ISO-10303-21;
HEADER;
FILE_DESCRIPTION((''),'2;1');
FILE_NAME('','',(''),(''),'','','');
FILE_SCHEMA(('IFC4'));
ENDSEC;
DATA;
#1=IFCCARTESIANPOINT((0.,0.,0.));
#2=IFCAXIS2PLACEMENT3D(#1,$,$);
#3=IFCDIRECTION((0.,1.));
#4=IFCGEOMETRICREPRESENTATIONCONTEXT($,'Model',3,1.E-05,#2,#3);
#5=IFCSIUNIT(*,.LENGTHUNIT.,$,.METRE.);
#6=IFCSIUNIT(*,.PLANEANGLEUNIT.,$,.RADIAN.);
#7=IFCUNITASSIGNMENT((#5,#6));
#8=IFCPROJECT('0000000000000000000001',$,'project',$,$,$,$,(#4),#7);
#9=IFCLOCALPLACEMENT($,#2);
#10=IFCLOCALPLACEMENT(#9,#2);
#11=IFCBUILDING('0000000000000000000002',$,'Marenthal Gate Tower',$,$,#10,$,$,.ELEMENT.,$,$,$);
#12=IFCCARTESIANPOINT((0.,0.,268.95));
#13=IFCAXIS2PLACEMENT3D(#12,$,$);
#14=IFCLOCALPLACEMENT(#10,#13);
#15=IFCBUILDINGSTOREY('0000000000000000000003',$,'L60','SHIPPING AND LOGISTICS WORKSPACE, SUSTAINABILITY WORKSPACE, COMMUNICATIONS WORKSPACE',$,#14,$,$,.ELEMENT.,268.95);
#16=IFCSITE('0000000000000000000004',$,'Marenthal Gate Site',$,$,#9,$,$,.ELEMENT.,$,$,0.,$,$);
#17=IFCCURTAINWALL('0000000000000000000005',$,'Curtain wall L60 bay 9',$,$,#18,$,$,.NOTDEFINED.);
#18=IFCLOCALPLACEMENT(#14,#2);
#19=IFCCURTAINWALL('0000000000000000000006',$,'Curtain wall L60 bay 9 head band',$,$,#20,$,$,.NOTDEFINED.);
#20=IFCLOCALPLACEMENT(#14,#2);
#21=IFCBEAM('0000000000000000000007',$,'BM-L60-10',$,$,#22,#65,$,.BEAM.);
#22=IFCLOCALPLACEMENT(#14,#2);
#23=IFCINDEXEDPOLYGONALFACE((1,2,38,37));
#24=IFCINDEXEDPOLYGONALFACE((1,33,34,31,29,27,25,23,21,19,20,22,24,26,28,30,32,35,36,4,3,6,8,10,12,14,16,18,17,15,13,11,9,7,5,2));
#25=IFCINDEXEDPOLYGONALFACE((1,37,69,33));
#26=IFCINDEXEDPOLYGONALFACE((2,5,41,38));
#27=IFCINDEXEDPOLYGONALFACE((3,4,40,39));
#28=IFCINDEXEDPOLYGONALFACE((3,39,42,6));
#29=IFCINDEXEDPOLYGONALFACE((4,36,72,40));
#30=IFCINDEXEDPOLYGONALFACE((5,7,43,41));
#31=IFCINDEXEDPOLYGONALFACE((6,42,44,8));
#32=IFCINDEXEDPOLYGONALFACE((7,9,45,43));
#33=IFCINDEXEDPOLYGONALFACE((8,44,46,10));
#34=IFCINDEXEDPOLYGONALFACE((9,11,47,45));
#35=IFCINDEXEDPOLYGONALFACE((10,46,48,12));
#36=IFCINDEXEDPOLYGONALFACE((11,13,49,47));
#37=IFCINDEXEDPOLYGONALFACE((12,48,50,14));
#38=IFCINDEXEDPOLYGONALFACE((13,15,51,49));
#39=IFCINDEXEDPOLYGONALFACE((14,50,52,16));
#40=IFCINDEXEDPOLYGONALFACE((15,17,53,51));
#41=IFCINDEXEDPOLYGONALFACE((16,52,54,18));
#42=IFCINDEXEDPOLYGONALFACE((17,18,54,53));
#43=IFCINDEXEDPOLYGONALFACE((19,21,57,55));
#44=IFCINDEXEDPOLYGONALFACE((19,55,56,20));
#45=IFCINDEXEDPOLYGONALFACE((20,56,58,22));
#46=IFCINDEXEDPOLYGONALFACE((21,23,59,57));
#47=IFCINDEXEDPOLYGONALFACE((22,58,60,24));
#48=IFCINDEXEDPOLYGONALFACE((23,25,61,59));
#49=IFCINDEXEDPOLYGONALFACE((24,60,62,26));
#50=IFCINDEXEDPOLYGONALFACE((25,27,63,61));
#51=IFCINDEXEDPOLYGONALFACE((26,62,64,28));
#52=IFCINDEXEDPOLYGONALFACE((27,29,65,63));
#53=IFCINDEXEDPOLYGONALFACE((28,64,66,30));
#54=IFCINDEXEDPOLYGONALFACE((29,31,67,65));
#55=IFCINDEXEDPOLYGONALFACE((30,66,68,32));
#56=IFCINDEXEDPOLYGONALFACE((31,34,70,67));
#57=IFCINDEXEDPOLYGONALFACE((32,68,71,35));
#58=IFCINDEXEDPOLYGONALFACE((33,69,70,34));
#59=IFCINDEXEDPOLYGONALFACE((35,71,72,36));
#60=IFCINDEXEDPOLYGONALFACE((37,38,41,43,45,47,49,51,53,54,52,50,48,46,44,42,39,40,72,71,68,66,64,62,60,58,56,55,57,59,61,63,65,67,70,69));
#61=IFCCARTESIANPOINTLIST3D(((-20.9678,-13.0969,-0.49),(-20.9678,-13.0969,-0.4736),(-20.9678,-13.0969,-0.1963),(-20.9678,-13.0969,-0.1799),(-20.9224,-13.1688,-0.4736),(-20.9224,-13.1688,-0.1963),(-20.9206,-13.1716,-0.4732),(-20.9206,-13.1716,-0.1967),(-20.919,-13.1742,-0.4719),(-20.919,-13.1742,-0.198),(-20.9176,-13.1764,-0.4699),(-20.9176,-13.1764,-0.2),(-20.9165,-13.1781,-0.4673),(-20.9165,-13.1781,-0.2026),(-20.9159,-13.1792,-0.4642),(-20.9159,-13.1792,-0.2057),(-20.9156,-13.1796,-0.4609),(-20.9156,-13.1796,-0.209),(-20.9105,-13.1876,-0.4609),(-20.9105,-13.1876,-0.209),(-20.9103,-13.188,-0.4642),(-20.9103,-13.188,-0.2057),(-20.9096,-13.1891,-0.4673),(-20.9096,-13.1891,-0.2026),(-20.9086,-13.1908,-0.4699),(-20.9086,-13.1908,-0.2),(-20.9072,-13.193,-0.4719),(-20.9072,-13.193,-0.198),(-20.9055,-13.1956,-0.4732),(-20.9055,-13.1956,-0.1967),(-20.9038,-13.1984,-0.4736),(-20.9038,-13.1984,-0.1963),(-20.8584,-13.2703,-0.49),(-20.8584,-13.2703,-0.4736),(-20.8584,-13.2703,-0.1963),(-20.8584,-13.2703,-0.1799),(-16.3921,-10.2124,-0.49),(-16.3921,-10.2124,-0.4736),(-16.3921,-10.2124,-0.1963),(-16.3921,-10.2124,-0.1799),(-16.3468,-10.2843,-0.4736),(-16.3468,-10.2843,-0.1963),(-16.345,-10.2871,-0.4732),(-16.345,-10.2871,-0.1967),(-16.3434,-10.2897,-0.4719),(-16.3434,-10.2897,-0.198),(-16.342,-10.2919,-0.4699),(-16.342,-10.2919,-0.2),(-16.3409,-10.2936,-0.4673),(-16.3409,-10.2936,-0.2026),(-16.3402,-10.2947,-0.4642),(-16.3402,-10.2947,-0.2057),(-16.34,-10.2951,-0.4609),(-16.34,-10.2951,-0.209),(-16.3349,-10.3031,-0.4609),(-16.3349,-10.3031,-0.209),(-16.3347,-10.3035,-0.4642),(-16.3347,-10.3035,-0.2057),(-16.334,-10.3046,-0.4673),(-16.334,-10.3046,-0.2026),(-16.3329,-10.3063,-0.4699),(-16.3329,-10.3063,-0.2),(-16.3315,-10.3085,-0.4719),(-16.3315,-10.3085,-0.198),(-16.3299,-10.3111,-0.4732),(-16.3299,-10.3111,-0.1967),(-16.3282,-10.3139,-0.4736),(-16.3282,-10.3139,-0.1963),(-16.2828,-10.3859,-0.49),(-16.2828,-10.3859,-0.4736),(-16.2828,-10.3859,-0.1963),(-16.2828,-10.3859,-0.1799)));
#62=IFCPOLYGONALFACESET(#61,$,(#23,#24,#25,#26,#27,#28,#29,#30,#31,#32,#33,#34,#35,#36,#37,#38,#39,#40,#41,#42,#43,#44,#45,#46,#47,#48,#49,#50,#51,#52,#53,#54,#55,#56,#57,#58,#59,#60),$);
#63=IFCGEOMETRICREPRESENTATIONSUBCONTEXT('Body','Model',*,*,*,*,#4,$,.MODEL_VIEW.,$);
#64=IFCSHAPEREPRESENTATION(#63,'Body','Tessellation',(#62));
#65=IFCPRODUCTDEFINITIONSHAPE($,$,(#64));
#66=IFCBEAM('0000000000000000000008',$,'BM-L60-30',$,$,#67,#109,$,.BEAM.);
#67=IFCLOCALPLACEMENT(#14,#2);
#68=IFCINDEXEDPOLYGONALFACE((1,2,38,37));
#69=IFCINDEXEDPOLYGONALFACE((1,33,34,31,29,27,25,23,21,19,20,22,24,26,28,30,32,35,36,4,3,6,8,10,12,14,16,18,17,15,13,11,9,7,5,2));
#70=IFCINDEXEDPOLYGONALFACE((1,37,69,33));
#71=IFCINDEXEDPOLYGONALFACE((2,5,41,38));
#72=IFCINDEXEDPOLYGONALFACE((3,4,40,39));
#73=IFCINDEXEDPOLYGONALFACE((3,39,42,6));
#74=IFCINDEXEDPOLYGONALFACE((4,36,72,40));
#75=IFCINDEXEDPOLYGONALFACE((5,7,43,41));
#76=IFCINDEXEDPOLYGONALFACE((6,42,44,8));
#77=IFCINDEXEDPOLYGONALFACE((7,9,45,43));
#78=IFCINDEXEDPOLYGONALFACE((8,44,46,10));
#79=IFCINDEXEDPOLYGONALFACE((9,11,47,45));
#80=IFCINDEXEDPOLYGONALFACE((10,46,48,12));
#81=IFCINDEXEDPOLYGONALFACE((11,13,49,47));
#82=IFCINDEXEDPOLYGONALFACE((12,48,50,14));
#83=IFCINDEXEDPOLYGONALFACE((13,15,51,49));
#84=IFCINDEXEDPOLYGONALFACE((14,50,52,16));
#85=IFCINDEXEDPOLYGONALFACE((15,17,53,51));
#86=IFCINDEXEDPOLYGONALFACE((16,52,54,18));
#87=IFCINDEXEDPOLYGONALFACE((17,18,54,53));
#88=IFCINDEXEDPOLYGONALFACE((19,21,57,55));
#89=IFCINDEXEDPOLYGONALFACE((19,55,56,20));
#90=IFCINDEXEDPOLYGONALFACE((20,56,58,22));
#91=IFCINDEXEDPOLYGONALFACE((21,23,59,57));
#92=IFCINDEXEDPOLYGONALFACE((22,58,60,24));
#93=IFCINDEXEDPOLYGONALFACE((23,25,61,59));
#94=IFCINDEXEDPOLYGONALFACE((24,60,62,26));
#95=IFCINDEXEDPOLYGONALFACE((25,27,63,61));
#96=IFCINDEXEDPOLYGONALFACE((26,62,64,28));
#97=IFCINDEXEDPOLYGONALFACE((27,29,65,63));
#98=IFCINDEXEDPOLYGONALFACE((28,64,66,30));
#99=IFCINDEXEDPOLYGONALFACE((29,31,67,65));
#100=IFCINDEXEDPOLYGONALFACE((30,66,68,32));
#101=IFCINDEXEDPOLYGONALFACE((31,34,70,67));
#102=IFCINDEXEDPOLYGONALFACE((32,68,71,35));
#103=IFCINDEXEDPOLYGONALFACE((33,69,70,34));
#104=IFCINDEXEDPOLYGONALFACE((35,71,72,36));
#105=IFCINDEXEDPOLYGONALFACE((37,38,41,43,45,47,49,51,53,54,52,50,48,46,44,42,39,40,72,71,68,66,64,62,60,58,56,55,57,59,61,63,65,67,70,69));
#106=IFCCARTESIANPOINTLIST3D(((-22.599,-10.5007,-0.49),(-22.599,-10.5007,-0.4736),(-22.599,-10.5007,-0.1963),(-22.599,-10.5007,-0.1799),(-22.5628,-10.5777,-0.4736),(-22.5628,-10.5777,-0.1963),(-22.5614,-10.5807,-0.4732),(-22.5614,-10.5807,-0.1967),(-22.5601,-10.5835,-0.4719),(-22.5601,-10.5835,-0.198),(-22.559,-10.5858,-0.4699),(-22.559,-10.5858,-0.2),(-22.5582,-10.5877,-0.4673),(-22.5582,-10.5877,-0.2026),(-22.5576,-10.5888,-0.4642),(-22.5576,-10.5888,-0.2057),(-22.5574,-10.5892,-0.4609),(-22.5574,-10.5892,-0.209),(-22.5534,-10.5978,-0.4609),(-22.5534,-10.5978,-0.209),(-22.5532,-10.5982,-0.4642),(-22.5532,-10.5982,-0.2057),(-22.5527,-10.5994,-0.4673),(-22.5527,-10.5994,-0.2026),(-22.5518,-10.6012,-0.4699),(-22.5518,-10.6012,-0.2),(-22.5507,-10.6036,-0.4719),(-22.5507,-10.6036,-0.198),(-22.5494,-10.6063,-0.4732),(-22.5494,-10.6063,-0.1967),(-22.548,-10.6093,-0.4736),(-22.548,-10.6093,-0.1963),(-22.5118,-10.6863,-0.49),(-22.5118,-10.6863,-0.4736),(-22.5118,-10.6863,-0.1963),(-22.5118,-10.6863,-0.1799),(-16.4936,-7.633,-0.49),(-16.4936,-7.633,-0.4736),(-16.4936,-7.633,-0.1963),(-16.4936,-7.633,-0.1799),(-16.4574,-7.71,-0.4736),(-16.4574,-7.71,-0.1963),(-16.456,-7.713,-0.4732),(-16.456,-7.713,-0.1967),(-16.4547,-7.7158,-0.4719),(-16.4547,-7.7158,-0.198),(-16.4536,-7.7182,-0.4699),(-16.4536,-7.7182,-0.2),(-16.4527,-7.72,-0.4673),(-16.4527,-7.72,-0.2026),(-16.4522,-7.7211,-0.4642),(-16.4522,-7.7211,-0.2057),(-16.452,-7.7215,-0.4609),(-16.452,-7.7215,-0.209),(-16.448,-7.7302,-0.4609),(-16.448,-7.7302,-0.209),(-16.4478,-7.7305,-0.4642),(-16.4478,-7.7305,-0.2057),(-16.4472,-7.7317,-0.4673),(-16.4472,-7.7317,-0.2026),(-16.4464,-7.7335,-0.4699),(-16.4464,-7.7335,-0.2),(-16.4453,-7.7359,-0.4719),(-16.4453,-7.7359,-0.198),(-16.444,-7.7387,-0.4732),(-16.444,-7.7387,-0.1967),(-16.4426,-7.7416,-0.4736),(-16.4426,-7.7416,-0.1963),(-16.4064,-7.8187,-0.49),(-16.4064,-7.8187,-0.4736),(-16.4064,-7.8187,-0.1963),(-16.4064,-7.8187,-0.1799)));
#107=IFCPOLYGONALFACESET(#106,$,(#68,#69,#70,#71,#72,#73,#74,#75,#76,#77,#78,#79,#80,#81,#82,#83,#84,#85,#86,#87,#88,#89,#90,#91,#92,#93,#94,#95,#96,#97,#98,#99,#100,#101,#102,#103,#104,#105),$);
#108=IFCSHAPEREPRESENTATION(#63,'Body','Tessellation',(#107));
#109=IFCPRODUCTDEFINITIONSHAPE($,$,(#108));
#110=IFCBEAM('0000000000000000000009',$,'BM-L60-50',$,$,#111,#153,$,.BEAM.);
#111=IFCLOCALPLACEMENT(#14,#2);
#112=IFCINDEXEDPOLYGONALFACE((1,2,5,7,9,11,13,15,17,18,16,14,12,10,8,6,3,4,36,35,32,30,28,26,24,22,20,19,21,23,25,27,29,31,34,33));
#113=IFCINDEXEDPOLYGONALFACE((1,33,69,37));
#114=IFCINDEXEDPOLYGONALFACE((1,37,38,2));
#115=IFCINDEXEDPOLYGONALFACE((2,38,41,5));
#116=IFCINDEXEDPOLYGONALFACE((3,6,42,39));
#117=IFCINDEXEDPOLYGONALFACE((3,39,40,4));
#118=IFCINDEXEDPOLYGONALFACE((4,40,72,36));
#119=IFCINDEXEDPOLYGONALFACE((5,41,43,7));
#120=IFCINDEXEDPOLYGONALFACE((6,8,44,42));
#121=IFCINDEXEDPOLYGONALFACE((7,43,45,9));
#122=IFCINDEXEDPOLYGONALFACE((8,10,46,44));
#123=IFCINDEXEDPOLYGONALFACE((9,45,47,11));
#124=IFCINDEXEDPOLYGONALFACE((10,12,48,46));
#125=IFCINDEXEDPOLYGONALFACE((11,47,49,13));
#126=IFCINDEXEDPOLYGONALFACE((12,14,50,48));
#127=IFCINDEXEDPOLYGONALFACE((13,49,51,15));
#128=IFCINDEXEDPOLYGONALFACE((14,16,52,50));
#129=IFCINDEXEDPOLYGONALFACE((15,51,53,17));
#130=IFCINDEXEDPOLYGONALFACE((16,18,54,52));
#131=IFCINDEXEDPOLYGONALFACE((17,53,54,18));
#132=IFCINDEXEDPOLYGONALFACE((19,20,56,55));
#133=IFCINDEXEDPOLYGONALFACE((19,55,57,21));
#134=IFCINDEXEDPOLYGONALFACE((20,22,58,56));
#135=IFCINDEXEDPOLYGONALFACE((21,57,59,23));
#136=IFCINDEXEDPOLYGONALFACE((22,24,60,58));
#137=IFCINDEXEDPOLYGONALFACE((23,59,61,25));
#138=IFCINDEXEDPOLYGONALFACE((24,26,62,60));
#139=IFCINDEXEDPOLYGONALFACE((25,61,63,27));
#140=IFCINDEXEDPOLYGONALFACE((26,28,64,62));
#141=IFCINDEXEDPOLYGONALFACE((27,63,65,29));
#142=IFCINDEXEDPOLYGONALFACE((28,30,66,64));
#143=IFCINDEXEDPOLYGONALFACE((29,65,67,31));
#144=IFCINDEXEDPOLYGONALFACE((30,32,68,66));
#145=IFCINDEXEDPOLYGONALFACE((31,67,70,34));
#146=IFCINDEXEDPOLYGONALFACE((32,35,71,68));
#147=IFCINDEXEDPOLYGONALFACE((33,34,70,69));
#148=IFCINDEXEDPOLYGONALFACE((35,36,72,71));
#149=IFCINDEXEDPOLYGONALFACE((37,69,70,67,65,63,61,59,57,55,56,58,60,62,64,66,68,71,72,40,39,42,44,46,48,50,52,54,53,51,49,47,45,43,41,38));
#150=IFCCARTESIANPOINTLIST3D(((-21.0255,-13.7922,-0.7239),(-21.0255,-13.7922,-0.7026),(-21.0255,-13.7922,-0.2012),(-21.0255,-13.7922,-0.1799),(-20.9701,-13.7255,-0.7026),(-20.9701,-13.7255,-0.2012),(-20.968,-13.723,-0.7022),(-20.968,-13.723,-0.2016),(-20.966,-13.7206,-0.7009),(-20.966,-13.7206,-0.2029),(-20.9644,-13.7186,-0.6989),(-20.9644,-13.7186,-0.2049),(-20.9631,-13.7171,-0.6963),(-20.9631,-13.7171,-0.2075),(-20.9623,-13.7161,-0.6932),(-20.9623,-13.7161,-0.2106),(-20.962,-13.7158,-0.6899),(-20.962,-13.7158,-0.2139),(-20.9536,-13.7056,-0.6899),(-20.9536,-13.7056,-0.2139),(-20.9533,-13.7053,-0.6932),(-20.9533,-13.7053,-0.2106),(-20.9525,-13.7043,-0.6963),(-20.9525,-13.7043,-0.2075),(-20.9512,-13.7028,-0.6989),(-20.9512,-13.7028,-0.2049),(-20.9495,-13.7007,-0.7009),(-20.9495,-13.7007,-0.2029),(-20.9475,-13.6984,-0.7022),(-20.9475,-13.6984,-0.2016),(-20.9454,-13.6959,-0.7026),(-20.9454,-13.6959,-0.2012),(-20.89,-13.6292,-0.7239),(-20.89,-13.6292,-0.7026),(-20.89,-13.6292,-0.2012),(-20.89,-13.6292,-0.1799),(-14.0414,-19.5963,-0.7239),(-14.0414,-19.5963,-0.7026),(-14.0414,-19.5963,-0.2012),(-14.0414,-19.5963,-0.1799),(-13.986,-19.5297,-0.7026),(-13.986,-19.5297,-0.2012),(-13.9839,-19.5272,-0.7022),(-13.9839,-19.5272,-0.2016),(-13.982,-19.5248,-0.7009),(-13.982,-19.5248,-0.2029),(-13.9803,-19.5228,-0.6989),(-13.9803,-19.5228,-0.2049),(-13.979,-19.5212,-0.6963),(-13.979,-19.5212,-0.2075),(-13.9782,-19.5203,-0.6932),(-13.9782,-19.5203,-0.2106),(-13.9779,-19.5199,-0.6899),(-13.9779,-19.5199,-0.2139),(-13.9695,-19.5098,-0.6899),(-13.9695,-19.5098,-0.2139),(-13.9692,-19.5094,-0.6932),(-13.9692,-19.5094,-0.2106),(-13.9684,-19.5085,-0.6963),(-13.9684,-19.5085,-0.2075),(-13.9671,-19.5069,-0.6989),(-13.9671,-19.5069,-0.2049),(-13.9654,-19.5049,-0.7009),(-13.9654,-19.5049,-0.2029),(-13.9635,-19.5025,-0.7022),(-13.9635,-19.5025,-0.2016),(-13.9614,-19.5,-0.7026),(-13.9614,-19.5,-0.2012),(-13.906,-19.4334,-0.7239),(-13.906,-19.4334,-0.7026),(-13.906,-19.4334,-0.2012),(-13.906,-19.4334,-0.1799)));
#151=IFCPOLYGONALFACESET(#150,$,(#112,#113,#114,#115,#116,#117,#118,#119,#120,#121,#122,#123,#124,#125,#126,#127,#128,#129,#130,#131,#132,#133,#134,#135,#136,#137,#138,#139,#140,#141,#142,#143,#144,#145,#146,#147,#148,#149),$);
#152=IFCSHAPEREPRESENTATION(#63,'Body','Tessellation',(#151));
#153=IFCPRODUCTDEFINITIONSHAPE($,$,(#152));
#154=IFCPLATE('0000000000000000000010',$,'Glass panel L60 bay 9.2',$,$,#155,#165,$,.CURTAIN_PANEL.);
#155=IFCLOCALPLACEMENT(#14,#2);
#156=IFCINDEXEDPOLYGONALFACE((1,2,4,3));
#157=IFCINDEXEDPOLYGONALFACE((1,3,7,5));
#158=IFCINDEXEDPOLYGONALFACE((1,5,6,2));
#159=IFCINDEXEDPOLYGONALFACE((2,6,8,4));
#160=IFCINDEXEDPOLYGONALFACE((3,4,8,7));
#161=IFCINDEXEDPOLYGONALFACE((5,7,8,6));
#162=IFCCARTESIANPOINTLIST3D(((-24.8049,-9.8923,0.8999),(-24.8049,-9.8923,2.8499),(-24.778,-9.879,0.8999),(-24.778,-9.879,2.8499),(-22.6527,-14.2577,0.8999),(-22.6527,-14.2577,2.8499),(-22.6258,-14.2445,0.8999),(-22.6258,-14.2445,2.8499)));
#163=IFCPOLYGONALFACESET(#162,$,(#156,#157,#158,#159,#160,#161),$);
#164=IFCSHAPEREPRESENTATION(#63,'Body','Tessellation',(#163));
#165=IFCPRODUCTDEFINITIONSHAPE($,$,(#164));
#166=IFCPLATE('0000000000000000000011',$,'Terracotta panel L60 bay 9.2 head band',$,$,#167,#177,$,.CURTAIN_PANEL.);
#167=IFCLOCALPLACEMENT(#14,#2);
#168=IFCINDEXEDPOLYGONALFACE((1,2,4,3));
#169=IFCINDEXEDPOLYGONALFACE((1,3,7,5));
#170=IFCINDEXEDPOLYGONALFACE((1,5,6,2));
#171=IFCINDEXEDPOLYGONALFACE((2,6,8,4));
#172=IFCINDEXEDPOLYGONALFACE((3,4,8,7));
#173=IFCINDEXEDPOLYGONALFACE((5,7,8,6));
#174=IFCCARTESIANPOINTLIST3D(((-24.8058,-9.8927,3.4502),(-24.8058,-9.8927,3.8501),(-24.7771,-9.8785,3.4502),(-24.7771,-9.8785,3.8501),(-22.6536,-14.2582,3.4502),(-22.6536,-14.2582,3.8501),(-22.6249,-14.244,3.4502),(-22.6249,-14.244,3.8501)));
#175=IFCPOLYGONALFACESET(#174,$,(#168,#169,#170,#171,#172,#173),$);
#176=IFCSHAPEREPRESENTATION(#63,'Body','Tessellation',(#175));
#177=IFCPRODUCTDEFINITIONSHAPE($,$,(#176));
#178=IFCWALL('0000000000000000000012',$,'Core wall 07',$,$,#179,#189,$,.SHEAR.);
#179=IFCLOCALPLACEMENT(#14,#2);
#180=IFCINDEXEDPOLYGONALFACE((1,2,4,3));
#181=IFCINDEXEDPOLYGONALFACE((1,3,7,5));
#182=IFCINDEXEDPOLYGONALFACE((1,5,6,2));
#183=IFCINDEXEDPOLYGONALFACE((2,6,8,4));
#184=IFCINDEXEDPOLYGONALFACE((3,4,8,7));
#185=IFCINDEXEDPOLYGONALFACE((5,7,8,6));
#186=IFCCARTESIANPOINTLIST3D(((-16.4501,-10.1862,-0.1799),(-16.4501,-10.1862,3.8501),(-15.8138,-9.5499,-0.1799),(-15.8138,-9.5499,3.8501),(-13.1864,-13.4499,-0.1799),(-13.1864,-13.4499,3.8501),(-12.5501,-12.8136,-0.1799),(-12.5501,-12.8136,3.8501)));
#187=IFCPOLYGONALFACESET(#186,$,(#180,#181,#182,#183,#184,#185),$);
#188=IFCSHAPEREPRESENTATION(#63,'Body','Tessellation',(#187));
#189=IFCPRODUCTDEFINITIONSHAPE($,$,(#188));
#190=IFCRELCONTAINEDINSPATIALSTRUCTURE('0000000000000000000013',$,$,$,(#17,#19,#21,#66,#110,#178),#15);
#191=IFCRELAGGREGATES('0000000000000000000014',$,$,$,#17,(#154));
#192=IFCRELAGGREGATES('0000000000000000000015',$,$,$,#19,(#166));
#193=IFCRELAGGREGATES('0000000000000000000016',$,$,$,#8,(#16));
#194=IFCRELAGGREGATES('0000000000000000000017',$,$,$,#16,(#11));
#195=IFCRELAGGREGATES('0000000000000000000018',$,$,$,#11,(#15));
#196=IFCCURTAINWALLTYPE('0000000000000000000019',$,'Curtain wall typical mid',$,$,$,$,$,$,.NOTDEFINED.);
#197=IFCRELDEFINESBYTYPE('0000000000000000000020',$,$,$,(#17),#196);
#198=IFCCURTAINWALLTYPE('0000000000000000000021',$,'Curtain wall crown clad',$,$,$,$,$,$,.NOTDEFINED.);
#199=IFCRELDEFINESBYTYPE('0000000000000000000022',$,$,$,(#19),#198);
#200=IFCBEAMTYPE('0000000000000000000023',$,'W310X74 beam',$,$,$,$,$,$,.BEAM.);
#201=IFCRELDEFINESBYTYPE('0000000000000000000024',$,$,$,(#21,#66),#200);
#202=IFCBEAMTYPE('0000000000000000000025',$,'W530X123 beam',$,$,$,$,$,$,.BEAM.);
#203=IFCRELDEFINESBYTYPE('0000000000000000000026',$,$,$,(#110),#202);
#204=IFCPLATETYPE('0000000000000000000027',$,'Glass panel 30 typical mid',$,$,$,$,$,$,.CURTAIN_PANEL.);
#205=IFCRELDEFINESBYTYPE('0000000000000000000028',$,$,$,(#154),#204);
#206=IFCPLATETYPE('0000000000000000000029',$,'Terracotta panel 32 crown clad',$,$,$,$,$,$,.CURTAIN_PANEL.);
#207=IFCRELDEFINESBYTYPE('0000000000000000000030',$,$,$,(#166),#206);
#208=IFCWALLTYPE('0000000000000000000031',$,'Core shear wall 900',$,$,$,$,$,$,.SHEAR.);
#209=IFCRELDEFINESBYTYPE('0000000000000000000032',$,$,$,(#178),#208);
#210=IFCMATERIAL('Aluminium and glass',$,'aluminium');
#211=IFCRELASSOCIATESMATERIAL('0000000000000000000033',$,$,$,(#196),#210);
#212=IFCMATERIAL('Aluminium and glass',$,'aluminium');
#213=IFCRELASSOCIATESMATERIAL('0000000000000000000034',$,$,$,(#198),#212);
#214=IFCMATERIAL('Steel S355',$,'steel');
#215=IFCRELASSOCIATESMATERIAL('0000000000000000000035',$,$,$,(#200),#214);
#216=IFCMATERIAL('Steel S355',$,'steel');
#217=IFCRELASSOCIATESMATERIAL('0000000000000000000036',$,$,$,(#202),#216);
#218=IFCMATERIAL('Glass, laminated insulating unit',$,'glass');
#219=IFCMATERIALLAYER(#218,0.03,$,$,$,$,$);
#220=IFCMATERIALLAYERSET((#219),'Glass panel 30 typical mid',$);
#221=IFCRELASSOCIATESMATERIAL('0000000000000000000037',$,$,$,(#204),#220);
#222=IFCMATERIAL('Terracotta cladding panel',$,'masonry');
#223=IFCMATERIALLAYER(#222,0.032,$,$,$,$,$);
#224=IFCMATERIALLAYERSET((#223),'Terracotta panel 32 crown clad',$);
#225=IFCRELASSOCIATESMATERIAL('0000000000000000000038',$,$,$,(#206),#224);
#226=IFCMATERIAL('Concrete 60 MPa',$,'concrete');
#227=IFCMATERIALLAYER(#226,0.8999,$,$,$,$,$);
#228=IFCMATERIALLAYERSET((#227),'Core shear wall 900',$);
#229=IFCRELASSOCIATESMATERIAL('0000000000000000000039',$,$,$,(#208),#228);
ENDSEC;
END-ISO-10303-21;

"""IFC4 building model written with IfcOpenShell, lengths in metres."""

from ifc_helpers import new_model, si_unit, direction, frame, frame_2d, origin, origin_2d, place, context, subcontext, project, spatial, rectangle, i_section, extrude, material, layer, layer_set, material_profile, profile_set, type_object, element, aggregate, save


model = new_model("IFC4")

# Units and contexts
model_context = context("Model", 3, precision=1e-05, world=origin(), true_north=direction((0.0, 1.0)))
body_context = subcontext(model_context, "Body", "Model", "MODEL_VIEW")
ifc_project = project(units=[si_unit("LENGTHUNIT", "METRE"), si_unit("PLANEANGLEUNIT", "RADIAN")], contexts=[model_context])

# Site, building, storey
site_placement = place(None, origin())
site = spatial("IfcSite", under=ifc_project, at=site_placement, Name="Marenthal Gate Site", CompositionType="ELEMENT", RefElevation=0.0)
building_placement = place(site_placement, origin())
building = spatial("IfcBuilding", under=site, at=building_placement, Name="Marenthal Gate Tower", CompositionType="ELEMENT")
storey_placement = place(building_placement, frame((0.0, 0.0, 268.95)))
storey = spatial("IfcBuildingStorey", under=building, at=storey_placement, Name="L60", Description="SHIPPING AND LOGISTICS WORKSPACE, SUSTAINABILITY WORKSPACE, COMMUNICATIONS WORKSPACE", CompositionType="ELEMENT", Elevation=268.95)

# Curtain wall
ifc_material_1 = material(Name="Aluminium and glass", Category="aluminium")
curtain_wall_type_1 = type_object("IfcCurtainWallType", Name="Curtain wall typical mid", PredefinedType="NOTDEFINED", material=ifc_material_1)
curtain_wall_1_placement = place(storey_placement, origin())
curtain_wall_1 = element("IfcCurtainWall", 1, at=curtain_wall_1_placement, inside=storey, type_object=curtain_wall_type_1, Name="Curtain wall L60 bay 9", PredefinedType="NOTDEFINED")

# Curtain wall
ifc_material_2 = material(Name="Aluminium and glass", Category="aluminium")
curtain_wall_type_2 = type_object("IfcCurtainWallType", Name="Curtain wall crown clad", PredefinedType="NOTDEFINED", material=ifc_material_2)
curtain_wall_2_placement = place(storey_placement, origin())
curtain_wall_2 = element("IfcCurtainWall", 2, at=curtain_wall_2_placement, inside=storey, type_object=curtain_wall_type_2, Name="Curtain wall L60 bay 9 head band", PredefinedType="NOTDEFINED")

# Beams
ifc_material_3 = material(Name="Steel S355", Category="steel")
ifc_material_profile_1 = material_profile(ifc_material_3, i_section(OverallWidth=0.2051, OverallDepth=0.3101, WebThickness=0.0095, FlangeThickness=0.0164, FilletRadius=0.0127, at=origin_2d()), Name="W310X74")
ifc_profile_set_1 = profile_set([ifc_material_profile_1], Name="Steel S355")
beam_type_1 = type_object("IfcBeamType", Name="W310X74 beam", PredefinedType="BEAM", material=ifc_profile_set_1)
beam_1_placement = place(storey_placement, frame((-20.9131, -13.1836, -0.335), z_axis=(0.845938, 0.533281, 0.0), x_axis=(-0.533281, 0.845938, 0.0)))
element("IfcBeam", 3, at=beam_1_placement, inside=storey, type_object=beam_type_1, Name="BM-L60-10", PredefinedType="BEAM", context=body_context, shape_type="SweptSolid", body=[
    extrude(i_section(OverallWidth=0.2051, OverallDepth=0.3101, WebThickness=0.0095, FlangeThickness=0.0164, FilletRadius=0.0127, at=origin_2d()), origin(), (0.0, 0.0, 1.0), 5.4089),
])
beam_2_placement = place(storey_placement, frame((-22.5554, -10.5935, -0.335), z_axis=(0.905132, 0.425131, 0.0), x_axis=(-0.425131, 0.905132, 0.0)))
element("IfcBeam", 4, at=beam_2_placement, inside=storey, type_object=beam_type_1, Name="BM-L60-30", PredefinedType="BEAM", context=body_context, shape_type="SweptSolid", body=[
    extrude(i_section(OverallWidth=0.2051, OverallDepth=0.3101, WebThickness=0.0095, FlangeThickness=0.0164, FilletRadius=0.0127, at=origin_2d()), origin(), (0.0, 0.0, 1.0), 6.7454),
])
ifc_material_4 = material(Name="Steel S355", Category="steel")
ifc_material_profile_2 = material_profile(ifc_material_4, i_section(OverallWidth=0.2119, OverallDepth=0.5439, WebThickness=0.0132, FlangeThickness=0.0212, FilletRadius=0.0127, at=origin_2d()), Name="W530X123")
ifc_profile_set_2 = profile_set([ifc_material_profile_2], Name="Steel S355")
beam_type_2 = type_object("IfcBeamType", Name="W530X123 beam", PredefinedType="BEAM", material=ifc_profile_set_2)
beam_3_placement = place(storey_placement, frame((-20.9578, -13.7107, -0.4519), z_axis=(0.769082, -0.63915, 0.0), x_axis=(0.63915, 0.769082, 0.0)))
element("IfcBeam", 5, at=beam_3_placement, inside=storey, type_object=beam_type_2, Name="BM-L60-50", PredefinedType="BEAM", context=body_context, shape_type="SweptSolid", body=[
    extrude(i_section(OverallWidth=0.2119, OverallDepth=0.5439, WebThickness=0.0132, FlangeThickness=0.0212, FilletRadius=0.0127, at=origin_2d()), origin(), (0.0, 0.0, 1.0), 9.0811),
])

# Plates
ifc_material_5 = material(Name="Glass, laminated insulating unit", Category="glass")
ifc_layer_1 = layer(ifc_material_5, 0.03)
ifc_layer_set_1 = layer_set([ifc_layer_1], Name="Glass panel 30 typical mid")
plate_type_1 = type_object("IfcPlateType", Name="Glass panel 30 typical mid", PredefinedType="CURTAIN_PANEL", material=ifc_layer_set_1)
plate_1_placement = place(storey_placement, frame((-23.7153, -12.0684, 0.8999), z_axis=(0.0, 0.0, 1.0), x_axis=(0.442192, -0.896921, 0.0)))
plate_1 = element("IfcPlate", 6, at=plate_1_placement, type_object=plate_type_1, Name="Glass panel L60 bay 9.2", PredefinedType="CURTAIN_PANEL", context=body_context, shape_type="SweptSolid", body=[
    extrude(rectangle(XDim=4.8672, YDim=0.03, at=origin_2d()), origin(), (0.0, 0.0, 1.0), 1.95),
])
aggregate(curtain_wall_1, [plate_1])
ifc_material_6 = material(Name="Terracotta cladding panel", Category="masonry")
ifc_layer_2 = layer(ifc_material_6, 0.032)
ifc_layer_set_2 = layer_set([ifc_layer_2], Name="Terracotta panel 32 crown clad")
plate_type_2 = type_object("IfcPlateType", Name="Terracotta panel 32 crown clad", PredefinedType="CURTAIN_PANEL", material=ifc_layer_set_2)
plate_2_placement = place(storey_placement, frame((-23.7153, -12.0684, 3.4502), z_axis=(0.0, 0.0, 1.0), x_axis=(0.442192, -0.896921, 0.0)))
plate_2 = element("IfcPlate", 7, at=plate_2_placement, type_object=plate_type_2, Name="Terracotta panel L60 bay 9.2 head band", PredefinedType="CURTAIN_PANEL", context=body_context, shape_type="SweptSolid", body=[
    extrude(rectangle(XDim=4.8672, YDim=0.032, at=origin_2d()), origin(), (0.0, 0.0, 1.0), 0.3999),
])
aggregate(curtain_wall_2, [plate_2])

# Wall
ifc_material_7 = material(Name="Concrete 60 MPa", Category="concrete")
ifc_layer_3 = layer(ifc_material_7, 0.8999)
ifc_layer_set_3 = layer_set([ifc_layer_3], Name="Core shear wall 900")
wall_type_1 = type_object("IfcWallType", Name="Core shear wall 900", PredefinedType="SHEAR", material=ifc_layer_set_3)
wall_1_placement = place(storey_placement, frame((-16.1318, -9.8682, -0.1799), z_axis=(0.0, 0.0, 1.0), x_axis=(0.707107, -0.707107, 0.0)))
element("IfcWall", 8, at=wall_1_placement, inside=storey, type_object=wall_type_1, Name="Core wall 07", PredefinedType="SHEAR", context=body_context, shape_type="SweptSolid", body=[
    extrude(rectangle(XDim=4.6155, YDim=0.8999, at=frame_2d((2.3076, 0.0))), origin(), (0.0, 0.0, 1.0), 4.03),
])

save(model, "model.ifc")
